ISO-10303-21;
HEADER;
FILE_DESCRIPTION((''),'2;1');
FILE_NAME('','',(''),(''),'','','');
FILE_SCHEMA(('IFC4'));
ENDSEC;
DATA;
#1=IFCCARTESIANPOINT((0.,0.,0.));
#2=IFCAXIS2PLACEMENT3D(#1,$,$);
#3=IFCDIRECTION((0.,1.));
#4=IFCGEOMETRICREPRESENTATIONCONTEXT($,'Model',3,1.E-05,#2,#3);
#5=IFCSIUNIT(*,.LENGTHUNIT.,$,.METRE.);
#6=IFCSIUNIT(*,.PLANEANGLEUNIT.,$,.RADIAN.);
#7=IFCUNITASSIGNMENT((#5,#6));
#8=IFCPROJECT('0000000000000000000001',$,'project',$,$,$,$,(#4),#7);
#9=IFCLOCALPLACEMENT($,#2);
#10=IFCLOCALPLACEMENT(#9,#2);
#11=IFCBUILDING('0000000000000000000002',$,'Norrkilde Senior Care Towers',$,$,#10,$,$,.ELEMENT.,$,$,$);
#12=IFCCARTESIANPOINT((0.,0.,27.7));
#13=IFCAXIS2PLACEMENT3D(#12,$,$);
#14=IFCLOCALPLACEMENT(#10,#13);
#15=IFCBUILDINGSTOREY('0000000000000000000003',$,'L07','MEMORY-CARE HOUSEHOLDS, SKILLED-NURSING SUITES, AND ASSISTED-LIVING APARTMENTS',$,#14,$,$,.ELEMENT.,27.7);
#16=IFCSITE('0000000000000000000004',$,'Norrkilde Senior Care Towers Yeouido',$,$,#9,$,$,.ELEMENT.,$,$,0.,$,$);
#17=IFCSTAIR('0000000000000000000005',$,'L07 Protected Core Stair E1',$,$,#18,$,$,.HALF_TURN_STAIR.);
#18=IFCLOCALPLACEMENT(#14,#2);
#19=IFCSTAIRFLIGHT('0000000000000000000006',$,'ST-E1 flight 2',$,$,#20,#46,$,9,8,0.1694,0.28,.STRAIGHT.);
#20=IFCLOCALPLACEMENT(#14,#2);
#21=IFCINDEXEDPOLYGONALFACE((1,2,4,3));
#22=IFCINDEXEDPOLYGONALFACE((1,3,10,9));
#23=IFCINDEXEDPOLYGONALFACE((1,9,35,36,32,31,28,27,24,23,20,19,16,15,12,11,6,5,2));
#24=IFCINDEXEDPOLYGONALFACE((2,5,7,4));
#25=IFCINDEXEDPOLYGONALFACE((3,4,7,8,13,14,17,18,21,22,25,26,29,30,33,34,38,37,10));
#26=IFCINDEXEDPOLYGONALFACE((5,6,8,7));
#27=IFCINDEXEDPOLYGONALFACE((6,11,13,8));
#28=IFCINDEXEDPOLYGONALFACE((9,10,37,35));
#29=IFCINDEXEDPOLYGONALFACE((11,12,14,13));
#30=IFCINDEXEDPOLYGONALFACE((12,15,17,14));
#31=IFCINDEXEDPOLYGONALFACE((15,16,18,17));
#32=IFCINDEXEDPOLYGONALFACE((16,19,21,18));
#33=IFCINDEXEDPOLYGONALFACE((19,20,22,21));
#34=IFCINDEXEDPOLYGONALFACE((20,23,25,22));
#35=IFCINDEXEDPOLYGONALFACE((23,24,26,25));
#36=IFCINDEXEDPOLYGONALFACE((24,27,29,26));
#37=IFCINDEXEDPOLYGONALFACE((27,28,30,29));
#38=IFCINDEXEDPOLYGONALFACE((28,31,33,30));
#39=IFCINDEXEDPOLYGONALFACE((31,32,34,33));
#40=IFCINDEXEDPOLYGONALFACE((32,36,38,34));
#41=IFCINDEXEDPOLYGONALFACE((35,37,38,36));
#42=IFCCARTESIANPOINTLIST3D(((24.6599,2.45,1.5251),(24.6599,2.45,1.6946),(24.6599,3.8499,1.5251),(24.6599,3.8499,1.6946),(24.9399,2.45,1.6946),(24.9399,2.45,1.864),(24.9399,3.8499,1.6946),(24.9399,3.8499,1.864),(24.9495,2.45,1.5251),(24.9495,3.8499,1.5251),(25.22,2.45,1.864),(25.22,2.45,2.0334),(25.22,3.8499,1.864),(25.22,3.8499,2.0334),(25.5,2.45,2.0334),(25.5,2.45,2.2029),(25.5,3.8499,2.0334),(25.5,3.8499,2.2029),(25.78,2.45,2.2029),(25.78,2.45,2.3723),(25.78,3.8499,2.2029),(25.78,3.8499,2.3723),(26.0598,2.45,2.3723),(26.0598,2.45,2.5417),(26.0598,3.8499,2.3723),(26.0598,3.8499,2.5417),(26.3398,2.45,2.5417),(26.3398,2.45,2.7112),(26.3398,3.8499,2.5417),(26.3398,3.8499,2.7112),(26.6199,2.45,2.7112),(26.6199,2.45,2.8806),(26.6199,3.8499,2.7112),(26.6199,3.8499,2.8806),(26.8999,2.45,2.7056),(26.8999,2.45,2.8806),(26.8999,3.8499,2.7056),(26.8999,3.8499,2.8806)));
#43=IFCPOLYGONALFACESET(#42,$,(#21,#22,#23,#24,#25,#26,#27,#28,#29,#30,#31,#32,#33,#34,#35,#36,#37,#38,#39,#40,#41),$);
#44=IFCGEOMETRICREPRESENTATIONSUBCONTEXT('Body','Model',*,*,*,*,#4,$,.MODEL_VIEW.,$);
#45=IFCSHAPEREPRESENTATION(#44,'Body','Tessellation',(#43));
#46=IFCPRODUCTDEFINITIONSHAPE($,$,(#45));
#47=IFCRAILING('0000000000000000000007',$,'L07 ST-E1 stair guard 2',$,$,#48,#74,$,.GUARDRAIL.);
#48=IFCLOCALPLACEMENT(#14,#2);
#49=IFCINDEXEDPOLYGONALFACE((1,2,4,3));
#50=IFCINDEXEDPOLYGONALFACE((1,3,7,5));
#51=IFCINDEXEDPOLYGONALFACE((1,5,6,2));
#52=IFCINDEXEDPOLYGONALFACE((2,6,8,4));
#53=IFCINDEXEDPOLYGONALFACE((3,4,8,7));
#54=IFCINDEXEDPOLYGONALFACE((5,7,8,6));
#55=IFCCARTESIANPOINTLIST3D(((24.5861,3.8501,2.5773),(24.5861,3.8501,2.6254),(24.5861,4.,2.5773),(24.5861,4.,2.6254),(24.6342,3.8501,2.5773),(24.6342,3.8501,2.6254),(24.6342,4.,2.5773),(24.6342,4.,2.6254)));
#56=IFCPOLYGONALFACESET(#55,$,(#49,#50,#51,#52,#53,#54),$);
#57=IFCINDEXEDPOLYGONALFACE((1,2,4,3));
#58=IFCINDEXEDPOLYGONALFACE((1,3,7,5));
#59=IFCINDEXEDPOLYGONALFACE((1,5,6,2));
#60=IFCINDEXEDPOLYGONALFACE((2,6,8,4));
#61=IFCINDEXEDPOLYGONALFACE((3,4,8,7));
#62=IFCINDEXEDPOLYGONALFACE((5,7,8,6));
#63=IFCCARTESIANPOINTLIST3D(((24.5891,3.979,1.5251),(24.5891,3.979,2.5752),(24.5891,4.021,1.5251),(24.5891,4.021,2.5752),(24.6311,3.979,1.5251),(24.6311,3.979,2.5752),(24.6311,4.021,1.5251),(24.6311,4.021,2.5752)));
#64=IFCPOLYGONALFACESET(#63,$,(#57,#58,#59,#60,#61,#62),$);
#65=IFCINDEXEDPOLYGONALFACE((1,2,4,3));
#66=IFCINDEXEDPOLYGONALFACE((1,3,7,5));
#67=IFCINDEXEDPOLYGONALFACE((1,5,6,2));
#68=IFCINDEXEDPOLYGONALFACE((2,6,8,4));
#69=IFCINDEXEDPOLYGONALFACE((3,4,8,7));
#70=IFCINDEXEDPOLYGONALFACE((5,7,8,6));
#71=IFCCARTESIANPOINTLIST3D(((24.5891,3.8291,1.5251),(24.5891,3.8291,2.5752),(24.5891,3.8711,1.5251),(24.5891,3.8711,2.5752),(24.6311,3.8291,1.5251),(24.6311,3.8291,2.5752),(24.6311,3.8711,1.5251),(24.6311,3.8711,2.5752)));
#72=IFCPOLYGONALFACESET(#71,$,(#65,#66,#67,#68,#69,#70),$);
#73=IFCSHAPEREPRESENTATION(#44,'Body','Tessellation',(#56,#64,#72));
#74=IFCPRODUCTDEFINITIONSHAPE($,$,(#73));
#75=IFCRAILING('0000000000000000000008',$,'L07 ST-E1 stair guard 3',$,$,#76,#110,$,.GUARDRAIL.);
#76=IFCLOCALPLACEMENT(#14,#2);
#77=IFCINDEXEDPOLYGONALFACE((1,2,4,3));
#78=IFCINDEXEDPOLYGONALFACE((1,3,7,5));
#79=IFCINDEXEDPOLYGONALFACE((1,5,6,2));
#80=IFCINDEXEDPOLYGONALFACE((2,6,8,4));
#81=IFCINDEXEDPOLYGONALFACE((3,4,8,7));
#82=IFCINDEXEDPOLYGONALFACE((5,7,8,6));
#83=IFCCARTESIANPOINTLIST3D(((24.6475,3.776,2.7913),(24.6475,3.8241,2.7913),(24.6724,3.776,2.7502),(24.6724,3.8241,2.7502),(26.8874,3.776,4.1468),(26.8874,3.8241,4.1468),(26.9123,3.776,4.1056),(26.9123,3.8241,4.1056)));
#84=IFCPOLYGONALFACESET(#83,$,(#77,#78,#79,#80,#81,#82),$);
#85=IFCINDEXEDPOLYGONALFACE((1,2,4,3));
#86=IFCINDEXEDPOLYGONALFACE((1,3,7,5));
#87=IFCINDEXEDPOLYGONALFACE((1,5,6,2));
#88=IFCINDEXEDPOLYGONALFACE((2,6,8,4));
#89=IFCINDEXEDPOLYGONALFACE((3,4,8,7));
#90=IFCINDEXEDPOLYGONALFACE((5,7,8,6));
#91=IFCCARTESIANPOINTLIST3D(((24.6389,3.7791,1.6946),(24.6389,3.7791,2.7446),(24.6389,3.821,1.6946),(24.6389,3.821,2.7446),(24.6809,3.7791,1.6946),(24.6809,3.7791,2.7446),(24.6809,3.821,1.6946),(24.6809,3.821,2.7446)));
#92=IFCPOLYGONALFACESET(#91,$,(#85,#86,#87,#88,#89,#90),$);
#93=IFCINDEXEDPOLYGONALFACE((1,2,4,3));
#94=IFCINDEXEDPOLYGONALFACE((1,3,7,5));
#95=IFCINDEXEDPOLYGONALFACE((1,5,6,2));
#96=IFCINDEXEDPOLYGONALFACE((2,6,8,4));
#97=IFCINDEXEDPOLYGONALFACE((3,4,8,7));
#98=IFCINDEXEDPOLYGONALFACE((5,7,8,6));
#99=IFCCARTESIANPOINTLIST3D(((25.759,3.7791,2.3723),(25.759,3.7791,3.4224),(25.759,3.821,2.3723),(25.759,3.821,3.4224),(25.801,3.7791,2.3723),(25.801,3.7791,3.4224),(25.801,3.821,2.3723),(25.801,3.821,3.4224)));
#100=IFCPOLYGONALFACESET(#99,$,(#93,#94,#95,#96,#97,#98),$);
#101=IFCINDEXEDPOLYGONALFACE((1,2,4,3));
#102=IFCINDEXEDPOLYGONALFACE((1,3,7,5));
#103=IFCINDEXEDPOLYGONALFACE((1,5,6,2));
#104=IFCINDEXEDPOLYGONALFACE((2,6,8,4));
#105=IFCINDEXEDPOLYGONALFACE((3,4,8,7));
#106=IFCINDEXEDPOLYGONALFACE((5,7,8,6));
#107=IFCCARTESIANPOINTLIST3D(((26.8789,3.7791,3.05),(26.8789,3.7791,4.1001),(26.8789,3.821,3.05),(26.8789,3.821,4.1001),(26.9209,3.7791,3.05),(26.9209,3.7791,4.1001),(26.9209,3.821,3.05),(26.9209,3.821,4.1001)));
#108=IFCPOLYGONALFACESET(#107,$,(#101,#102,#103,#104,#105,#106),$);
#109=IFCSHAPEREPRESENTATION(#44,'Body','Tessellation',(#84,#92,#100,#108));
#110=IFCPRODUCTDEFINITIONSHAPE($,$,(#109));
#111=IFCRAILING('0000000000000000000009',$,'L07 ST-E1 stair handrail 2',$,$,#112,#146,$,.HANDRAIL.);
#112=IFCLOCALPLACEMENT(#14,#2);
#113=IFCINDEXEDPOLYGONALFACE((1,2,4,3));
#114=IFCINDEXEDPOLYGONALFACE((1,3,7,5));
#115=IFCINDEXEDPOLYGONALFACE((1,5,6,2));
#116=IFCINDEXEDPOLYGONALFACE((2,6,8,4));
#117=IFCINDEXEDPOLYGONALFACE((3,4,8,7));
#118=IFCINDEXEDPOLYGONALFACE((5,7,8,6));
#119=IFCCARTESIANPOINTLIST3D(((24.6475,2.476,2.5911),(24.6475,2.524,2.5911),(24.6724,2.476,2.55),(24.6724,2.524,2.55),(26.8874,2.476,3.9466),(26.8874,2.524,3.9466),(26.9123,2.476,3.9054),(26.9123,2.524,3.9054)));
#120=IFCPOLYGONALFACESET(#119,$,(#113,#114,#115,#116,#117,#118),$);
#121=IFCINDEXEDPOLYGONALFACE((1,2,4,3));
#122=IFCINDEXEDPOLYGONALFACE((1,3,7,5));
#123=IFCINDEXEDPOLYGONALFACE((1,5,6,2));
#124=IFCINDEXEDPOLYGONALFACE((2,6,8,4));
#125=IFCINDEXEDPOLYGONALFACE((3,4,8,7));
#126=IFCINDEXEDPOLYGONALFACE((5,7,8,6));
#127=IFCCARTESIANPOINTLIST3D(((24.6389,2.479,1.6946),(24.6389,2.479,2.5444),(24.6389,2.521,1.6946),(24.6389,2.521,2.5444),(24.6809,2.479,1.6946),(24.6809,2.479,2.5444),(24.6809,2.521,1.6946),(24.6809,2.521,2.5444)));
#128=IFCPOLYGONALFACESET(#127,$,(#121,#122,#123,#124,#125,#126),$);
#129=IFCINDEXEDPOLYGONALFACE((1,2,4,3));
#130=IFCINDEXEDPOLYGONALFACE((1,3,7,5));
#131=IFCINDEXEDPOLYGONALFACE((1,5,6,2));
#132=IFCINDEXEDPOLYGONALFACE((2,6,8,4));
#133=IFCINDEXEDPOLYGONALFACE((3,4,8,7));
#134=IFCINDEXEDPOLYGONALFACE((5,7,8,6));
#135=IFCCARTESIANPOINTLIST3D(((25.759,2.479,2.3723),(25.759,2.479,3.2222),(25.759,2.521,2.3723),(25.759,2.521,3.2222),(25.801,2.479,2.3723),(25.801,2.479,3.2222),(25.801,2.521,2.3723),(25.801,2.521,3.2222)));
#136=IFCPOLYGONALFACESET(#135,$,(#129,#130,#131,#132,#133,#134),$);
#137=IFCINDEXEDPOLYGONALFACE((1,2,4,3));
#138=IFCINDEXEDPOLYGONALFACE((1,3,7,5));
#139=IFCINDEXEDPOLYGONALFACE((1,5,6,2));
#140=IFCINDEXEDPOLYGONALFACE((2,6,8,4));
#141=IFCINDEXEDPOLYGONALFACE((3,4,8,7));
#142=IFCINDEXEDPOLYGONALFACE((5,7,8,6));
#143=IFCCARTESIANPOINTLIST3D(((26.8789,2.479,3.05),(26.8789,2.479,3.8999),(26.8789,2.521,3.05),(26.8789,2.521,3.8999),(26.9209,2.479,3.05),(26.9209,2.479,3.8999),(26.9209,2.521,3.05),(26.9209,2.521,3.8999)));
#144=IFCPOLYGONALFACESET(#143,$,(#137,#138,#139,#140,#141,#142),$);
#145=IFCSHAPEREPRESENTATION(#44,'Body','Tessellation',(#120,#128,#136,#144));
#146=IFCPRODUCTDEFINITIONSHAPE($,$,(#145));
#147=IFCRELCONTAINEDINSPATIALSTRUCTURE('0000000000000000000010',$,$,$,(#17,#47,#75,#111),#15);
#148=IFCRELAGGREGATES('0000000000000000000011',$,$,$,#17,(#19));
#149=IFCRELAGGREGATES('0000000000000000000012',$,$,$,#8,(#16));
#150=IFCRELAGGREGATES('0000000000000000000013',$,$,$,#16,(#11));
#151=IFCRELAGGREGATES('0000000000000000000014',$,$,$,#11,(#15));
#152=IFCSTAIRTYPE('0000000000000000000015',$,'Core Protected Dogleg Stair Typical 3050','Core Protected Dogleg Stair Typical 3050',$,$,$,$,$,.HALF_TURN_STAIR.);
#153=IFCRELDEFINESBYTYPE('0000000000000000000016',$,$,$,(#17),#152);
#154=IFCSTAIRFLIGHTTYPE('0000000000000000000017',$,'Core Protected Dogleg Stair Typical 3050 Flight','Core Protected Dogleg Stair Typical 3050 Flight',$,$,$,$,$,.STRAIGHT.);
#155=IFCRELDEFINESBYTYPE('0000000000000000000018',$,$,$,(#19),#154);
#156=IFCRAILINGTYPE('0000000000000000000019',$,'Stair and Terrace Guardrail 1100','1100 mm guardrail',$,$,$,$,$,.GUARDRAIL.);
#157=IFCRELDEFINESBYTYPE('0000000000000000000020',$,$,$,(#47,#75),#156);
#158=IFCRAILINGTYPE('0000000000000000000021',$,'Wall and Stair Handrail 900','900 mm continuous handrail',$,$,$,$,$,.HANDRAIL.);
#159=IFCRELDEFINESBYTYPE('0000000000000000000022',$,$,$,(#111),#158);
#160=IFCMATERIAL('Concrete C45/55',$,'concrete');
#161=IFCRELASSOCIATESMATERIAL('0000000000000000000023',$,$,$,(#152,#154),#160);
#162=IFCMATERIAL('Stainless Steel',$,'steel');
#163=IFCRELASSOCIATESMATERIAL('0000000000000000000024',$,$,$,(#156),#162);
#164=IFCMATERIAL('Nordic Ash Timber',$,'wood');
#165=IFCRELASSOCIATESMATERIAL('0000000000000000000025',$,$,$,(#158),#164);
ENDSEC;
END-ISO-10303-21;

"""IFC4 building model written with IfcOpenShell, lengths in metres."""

from ifc_helpers import new_model, si_unit, direction, frame, origin, origin_2d, place, context, subcontext, project, spatial, polyline, rectangle, outline, extrude, material, type_object, element, aggregate, save


model = new_model("IFC4")

# Units and contexts
model_context = context("Model", 3, precision=1e-05, world=origin(), true_north=direction((0.0, 1.0)))
body_context = subcontext(model_context, "Body", "Model", "MODEL_VIEW")
ifc_project = project(units=[si_unit("LENGTHUNIT", "METRE"), si_unit("PLANEANGLEUNIT", "RADIAN")], contexts=[model_context])

# Site, building, storey
site_placement = place(None, origin())
site = spatial("IfcSite", under=ifc_project, at=site_placement, Name="Norrkilde Senior Care Towers Yeouido", CompositionType="ELEMENT", RefElevation=0.0)
building_placement = place(site_placement, origin())
building = spatial("IfcBuilding", under=site, at=building_placement, Name="Norrkilde Senior Care Towers", CompositionType="ELEMENT")
storey_placement = place(building_placement, frame((0.0, 0.0, 27.7)))
storey = spatial("IfcBuildingStorey", under=building, at=storey_placement, Name="L07", Description="MEMORY-CARE HOUSEHOLDS, SKILLED-NURSING SUITES, AND ASSISTED-LIVING APARTMENTS", CompositionType="ELEMENT", Elevation=27.7)

# Shared definitions
ifc_material_1 = material(Name="Concrete C45/55", Category="concrete")

# Shared definitions
ifc_material_2 = material(Name="Nordic Ash Timber", Category="wood")

# Stair, stair flight
stair_type = type_object("IfcStairType", Name="Core Protected Dogleg Stair Typical 3050", Description="Core Protected Dogleg Stair Typical 3050", PredefinedType="HALF_TURN_STAIR", material=ifc_material_1)
stair_placement = place(storey_placement, origin())
stair = element("IfcStair", 1, at=stair_placement, inside=storey, type_object=stair_type, Name="L07 Protected Core Stair E1", PredefinedType="HALF_TURN_STAIR")
stair_flight_type = type_object("IfcStairFlightType", Name="Core Protected Dogleg Stair Typical 3050 Flight", Description="Core Protected Dogleg Stair Typical 3050 Flight", PredefinedType="STRAIGHT", material=ifc_material_1)
stair_flight_placement = place(storey_placement, frame((24.6599, 3.1499, 1.5251), z_axis=(0.0, 0.0, 1.0), x_axis=(1.0, 0.0, 0.0)))
stair_flight = element("IfcStairFlight", 2, at=stair_flight_placement, type_object=stair_flight_type, Name="ST-E1 flight 2", NumberOfRisers=9, NumberOfTreads=8, PredefinedType="STRAIGHT", RiserHeight=0.1694, TreadLength=0.28, context=body_context, shape_type="SweptSolid", body=[
    extrude(outline(polyline([(0.0, 0.0), (0.0, 0.1694), (0.28, 0.1694), (0.28, 0.3389), (0.5601, 0.3389), (0.5601, 0.5083), (0.8401, 0.5083), (0.8401, 0.6777), (1.1201, 0.6777), (1.1201, 0.8472), (1.3999, 0.8472), (1.3999, 1.0166), (1.6799, 1.0166), (1.6799, 1.186), (1.96, 1.186), (1.96, 1.3555), (2.24, 1.3555), (2.24, 1.5249), (2.24, 1.1804), (0.2896, 0.0), (0.0, 0.0)])), frame((0.0, 0.7, 0.0), z_axis=(0.0, -1.0, 0.0), x_axis=(1.0, 0.0, 0.0)), (0.0, 0.0, 1.0), 1.3999),
])
aggregate(stair, [stair_flight])

# Railings
ifc_material_3 = material(Name="Stainless Steel", Category="steel")
railing_type_1 = type_object("IfcRailingType", Name="Stair and Terrace Guardrail 1100", Description="1100 mm guardrail", PredefinedType="GUARDRAIL", material=ifc_material_3)
railing_1_placement = place(storey_placement, frame((24.6101, 4.0, 1.5251)))
element("IfcRailing", 3, at=railing_1_placement, inside=storey, type_object=railing_type_1, Name="L07 ST-E1 stair guard 2", PredefinedType="GUARDRAIL", context=body_context, shape_type="SweptSolid", body=[
    extrude(rectangle(XDim=0.0481, YDim=0.0481, at=origin_2d()), frame((0.0, 0.0, 1.0762), z_axis=(0.0, -1.0, 0.0), x_axis=(1.0, 0.0, 0.0)), (0.0, 0.0, 1.0), 0.1499),
    extrude(rectangle(XDim=0.042, YDim=0.042, at=origin_2d()), origin(), (0.0, 0.0, 1.0), 1.05),
    extrude(rectangle(XDim=0.042, YDim=0.042, at=origin_2d()), frame((0.0, -0.1499, 0.0)), (0.0, 0.0, 1.0), 1.05),
])
railing_2_placement = place(storey_placement, frame((24.6599, 3.8, 1.6946)))
element("IfcRailing", 4, at=railing_2_placement, inside=storey, type_object=railing_type_1, Name="L07 ST-E1 stair guard 3", PredefinedType="GUARDRAIL", context=body_context, shape_type="SweptSolid", body=[
    extrude(rectangle(XDim=0.0481, YDim=0.0481, at=origin_2d()), frame((0.0, 0.0, 1.0762), z_axis=(0.855553, 0.0, 0.517715), x_axis=(0.0, 1.0, 0.0)), (0.0, 0.0, 1.0), 2.6182),
    extrude(rectangle(XDim=0.042, YDim=0.042, at=origin_2d()), origin(), (0.0, 0.0, 1.0), 1.05),
    extrude(rectangle(XDim=0.042, YDim=0.042, at=origin_2d()), frame((1.1201, 0.0, 0.6777)), (0.0, 0.0, 1.0), 1.05),
    extrude(rectangle(XDim=0.042, YDim=0.042, at=origin_2d()), frame((2.24, 0.0, 1.3555)), (0.0, 0.0, 1.0), 1.05),
])
railing_type_2 = type_object("IfcRailingType", Name="Wall and Stair Handrail 900", Description="900 mm continuous handrail", PredefinedType="HANDRAIL", material=ifc_material_2)
railing_3_placement = place(storey_placement, frame((24.6599, 2.5, 1.6946)))
element("IfcRailing", 5, at=railing_3_placement, inside=storey, type_object=railing_type_2, Name="L07 ST-E1 stair handrail 2", PredefinedType="HANDRAIL", context=body_context, shape_type="SweptSolid", body=[
    extrude(rectangle(XDim=0.0481, YDim=0.0481, at=origin_2d()), frame((0.0, 0.0, 0.876), z_axis=(0.855553, 0.0, 0.517715), x_axis=(0.0, 1.0, 0.0)), (0.0, 0.0, 1.0), 2.6182),
    extrude(rectangle(XDim=0.042, YDim=0.042, at=origin_2d()), origin(), (0.0, 0.0, 1.0), 0.8499),
    extrude(rectangle(XDim=0.042, YDim=0.042, at=origin_2d()), frame((1.1201, 0.0, 0.6777)), (0.0, 0.0, 1.0), 0.8499),
    extrude(rectangle(XDim=0.042, YDim=0.042, at=origin_2d()), frame((2.24, 0.0, 1.3555)), (0.0, 0.0, 1.0), 0.8499),
])

save(model, "model.ifc")
